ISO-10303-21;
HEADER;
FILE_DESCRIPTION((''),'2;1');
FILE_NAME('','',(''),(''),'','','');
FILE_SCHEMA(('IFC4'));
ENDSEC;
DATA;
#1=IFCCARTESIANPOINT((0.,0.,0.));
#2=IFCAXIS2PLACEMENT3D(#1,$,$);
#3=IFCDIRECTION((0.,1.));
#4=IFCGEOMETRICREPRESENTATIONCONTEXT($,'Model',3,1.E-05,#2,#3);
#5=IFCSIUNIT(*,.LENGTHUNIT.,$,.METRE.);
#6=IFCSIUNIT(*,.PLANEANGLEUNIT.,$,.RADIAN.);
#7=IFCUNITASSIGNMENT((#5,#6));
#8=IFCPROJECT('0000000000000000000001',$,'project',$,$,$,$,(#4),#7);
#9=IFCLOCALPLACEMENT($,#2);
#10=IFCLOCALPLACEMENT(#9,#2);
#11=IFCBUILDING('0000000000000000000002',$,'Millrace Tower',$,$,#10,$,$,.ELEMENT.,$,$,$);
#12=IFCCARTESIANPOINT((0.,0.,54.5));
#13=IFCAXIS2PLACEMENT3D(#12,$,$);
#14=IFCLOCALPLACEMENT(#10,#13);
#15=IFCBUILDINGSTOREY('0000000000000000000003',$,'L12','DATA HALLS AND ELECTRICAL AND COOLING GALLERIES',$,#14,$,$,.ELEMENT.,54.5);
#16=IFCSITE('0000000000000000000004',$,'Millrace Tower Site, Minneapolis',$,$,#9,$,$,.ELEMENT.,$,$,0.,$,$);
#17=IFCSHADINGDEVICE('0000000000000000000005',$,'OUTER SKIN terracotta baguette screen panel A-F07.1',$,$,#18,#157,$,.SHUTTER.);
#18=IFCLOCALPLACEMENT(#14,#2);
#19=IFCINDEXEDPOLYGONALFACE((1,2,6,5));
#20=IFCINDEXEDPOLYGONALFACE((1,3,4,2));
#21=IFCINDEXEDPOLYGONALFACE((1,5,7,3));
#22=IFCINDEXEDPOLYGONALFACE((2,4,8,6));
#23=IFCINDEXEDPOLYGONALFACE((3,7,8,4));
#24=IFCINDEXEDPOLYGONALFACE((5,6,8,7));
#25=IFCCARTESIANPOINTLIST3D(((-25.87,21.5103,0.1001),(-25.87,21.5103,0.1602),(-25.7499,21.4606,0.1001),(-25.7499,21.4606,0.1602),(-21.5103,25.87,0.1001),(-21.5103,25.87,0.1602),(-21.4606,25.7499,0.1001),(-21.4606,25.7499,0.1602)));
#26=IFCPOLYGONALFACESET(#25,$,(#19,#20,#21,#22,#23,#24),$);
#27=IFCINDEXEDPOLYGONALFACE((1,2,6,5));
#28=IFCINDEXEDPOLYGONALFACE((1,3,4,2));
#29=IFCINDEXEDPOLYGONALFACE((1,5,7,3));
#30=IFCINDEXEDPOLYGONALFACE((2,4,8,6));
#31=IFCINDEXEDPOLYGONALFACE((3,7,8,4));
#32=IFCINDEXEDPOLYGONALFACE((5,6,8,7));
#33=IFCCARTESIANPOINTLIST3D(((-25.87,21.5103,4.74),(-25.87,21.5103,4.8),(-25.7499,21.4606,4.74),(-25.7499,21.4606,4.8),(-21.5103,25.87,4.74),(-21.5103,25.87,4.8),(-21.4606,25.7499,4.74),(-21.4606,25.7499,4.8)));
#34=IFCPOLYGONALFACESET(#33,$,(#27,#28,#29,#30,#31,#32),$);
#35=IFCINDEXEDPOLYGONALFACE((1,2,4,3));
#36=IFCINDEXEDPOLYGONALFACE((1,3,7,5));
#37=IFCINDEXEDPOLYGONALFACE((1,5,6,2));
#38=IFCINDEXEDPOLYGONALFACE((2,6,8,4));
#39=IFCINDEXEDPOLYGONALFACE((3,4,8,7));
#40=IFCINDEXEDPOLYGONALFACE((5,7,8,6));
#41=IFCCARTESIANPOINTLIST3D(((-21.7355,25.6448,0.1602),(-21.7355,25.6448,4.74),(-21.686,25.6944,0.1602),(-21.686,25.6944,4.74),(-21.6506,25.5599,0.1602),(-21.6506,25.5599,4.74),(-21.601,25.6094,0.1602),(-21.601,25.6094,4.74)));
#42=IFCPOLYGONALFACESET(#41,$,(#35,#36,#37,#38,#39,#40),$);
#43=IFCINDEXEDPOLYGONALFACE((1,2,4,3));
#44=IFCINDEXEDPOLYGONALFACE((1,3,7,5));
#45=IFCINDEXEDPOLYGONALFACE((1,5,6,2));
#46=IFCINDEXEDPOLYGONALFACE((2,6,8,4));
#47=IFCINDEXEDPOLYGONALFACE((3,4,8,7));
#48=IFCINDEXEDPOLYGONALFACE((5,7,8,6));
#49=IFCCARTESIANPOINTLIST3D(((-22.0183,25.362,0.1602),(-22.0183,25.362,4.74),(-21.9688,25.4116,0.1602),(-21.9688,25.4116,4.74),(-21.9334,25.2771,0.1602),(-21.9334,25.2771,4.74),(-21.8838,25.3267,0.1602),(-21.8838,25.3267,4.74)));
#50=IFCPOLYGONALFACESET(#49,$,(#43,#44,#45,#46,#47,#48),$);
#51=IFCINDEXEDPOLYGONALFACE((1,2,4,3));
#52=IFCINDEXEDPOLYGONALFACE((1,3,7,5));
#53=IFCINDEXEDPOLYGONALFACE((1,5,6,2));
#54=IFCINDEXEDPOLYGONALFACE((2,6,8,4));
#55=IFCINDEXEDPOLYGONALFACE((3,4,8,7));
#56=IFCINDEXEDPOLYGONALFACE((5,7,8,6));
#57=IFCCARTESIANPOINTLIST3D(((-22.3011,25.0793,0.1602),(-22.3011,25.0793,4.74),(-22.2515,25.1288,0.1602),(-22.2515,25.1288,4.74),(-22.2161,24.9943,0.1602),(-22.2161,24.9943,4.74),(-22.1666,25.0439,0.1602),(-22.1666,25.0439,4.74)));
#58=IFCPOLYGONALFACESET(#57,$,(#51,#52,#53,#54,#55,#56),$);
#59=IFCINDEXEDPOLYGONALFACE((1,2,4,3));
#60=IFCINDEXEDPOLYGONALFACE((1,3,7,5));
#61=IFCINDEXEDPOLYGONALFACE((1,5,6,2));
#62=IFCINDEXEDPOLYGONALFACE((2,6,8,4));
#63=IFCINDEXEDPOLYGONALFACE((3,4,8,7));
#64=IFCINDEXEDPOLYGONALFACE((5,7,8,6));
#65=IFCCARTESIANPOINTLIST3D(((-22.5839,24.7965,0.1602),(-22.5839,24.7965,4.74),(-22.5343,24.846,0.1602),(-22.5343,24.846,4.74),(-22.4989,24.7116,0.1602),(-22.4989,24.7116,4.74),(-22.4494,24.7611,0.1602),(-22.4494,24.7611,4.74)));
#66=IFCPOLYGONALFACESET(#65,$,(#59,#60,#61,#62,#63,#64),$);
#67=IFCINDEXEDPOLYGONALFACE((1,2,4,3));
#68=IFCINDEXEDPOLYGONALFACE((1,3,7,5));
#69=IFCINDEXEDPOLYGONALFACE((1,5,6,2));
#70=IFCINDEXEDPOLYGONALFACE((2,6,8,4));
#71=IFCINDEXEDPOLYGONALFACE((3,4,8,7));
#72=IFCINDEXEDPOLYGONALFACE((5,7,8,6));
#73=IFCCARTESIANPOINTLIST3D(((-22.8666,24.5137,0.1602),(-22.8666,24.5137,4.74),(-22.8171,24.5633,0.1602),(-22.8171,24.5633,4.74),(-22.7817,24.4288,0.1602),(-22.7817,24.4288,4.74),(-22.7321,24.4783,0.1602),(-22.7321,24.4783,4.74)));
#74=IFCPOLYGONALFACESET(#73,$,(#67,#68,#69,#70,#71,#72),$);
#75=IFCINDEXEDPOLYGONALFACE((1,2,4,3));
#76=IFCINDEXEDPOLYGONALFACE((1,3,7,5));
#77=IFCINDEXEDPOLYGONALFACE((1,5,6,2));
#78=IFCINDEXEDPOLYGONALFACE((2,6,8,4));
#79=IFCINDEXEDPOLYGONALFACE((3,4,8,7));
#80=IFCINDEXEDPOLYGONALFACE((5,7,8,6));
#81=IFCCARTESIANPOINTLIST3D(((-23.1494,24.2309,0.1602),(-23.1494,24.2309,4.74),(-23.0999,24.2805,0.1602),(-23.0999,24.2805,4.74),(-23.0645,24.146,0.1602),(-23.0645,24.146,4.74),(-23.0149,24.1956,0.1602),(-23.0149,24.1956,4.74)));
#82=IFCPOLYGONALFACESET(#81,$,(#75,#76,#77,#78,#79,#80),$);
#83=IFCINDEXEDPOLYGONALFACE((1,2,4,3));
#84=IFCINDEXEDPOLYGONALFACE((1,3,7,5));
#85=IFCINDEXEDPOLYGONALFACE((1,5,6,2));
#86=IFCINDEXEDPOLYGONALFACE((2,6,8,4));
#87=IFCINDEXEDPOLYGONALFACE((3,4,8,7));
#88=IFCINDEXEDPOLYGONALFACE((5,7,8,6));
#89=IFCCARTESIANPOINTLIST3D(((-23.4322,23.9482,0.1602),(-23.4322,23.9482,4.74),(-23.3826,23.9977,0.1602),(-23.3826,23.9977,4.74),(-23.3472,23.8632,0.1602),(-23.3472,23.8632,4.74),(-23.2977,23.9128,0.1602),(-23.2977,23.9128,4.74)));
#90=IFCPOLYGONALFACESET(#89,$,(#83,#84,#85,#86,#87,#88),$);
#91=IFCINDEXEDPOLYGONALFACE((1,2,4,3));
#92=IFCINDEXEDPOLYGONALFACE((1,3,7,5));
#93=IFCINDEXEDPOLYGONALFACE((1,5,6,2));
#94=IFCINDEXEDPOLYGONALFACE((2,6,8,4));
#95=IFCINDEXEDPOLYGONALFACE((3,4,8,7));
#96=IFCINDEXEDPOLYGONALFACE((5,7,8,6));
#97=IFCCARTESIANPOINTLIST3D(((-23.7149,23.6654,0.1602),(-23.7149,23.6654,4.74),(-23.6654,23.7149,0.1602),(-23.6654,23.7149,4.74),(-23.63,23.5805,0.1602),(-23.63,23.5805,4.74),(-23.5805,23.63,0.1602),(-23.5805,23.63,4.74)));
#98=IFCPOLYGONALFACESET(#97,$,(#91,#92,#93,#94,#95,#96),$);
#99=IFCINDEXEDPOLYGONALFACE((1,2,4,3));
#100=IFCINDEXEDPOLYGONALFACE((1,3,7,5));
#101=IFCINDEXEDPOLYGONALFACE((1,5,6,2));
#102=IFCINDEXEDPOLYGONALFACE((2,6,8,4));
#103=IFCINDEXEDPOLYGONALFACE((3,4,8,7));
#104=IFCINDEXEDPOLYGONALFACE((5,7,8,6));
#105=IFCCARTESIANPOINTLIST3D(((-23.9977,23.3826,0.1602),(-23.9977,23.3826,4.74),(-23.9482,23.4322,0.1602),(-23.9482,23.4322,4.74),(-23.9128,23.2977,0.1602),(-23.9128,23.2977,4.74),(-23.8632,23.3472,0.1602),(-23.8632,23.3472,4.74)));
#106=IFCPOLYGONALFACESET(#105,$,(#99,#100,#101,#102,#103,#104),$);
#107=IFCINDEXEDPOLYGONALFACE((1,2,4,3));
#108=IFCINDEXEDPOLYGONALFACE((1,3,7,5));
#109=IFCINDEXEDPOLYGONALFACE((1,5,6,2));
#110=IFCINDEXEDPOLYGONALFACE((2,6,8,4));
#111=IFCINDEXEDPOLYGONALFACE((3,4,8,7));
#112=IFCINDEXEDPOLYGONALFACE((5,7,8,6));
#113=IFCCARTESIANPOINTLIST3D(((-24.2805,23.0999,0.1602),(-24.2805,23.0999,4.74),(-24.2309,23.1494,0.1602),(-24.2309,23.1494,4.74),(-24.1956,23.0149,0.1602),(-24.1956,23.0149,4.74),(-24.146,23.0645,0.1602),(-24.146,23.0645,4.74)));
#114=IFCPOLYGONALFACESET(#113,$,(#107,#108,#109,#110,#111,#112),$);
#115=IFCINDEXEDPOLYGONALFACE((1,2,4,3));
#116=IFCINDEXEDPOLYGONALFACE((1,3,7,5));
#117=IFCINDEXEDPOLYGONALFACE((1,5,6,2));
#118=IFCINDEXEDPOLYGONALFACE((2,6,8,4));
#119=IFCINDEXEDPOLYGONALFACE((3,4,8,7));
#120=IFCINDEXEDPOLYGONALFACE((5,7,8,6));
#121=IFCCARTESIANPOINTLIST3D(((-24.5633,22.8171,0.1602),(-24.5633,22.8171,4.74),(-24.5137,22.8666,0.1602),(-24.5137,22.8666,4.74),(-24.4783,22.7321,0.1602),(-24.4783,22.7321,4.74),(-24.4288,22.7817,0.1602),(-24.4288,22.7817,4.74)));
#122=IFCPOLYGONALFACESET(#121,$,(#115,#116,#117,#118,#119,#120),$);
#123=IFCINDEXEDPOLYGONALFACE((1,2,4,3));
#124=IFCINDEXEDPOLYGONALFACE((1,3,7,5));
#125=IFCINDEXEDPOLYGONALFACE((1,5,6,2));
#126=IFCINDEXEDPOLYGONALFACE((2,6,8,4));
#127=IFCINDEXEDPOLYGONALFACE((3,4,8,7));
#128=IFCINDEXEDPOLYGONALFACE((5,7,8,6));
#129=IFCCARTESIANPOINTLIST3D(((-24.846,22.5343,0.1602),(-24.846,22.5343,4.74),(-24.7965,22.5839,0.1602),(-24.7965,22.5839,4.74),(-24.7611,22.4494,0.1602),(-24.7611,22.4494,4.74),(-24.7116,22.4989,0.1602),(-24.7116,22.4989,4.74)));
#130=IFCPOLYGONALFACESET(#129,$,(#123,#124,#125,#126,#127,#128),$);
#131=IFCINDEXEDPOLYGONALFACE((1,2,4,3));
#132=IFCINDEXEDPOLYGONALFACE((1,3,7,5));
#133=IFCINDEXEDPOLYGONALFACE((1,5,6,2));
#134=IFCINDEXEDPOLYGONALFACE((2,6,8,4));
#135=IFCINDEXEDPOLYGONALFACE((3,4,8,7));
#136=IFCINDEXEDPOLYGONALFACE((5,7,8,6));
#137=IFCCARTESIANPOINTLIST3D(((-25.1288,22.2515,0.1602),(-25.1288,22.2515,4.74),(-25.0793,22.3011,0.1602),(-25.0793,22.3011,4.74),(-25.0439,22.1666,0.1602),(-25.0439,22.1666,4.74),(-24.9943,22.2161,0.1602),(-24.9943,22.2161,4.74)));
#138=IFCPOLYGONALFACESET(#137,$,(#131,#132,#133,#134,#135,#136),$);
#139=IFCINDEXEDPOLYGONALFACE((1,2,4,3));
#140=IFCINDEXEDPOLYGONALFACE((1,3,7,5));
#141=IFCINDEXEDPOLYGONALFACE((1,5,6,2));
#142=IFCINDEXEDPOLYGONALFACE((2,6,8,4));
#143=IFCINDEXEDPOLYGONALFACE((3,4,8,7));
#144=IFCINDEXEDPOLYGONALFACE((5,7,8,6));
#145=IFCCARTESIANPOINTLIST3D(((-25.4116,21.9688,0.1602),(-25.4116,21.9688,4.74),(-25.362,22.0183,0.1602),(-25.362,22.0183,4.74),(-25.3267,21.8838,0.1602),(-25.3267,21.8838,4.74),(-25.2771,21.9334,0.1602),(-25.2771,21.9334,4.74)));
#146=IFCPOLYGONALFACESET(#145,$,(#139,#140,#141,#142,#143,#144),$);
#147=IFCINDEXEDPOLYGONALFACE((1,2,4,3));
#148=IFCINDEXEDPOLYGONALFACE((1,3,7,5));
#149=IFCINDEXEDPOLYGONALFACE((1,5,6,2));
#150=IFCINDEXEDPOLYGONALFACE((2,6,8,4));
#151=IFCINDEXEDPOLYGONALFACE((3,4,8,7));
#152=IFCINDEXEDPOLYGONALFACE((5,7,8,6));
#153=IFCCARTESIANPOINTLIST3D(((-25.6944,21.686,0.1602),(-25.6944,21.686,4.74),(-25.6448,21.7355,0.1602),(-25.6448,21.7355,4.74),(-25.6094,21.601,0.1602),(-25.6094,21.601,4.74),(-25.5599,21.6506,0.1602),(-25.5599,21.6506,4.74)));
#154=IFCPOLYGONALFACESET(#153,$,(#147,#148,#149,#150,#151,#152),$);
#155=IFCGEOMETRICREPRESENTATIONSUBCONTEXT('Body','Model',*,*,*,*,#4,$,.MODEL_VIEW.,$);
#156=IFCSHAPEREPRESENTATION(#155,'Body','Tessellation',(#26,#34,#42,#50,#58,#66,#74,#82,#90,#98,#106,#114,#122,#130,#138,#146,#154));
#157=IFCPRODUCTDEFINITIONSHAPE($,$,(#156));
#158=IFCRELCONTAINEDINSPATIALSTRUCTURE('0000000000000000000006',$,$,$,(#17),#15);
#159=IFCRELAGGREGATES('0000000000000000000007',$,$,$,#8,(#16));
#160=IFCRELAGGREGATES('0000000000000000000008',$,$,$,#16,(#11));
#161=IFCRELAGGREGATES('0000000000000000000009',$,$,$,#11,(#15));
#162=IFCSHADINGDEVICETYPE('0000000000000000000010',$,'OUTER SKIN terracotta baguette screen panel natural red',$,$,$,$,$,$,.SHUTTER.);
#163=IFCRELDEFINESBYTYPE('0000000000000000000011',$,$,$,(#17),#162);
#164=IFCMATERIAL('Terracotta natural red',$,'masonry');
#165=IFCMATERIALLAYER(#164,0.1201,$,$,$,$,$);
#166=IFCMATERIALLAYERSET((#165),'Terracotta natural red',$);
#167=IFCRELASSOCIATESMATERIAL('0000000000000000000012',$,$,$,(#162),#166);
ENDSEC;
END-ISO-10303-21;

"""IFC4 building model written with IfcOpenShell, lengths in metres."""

from ifc_helpers import new_model, entity, si_unit, direction, frame, frame_2d, origin, origin_2d, place, context, subcontext, project, spatial, rectangle, extrude, source, transform, mapped, material, layer, layer_set, type_object, element, save


model = new_model("IFC4")

# Units and contexts
model_context = context("Model", 3, precision=1e-05, world=origin(), true_north=direction((0.0, 1.0)))
body_context = subcontext(model_context, "Body", "Model", "MODEL_VIEW")
ifc_project = project(units=[si_unit("LENGTHUNIT", "METRE"), si_unit("PLANEANGLEUNIT", "RADIAN")], contexts=[model_context])

# Site, building, storey
site_placement = place(None, origin())
site = spatial("IfcSite", under=ifc_project, at=site_placement, Name="Millrace Tower Site, Minneapolis", CompositionType="ELEMENT", RefElevation=0.0)
building_placement = place(site_placement, origin())
building = spatial("IfcBuilding", under=site, at=building_placement, Name="Millrace Tower", CompositionType="ELEMENT")
storey_placement = place(building_placement, frame((0.0, 0.0, 54.5)))
storey = spatial("IfcBuildingStorey", under=building, at=storey_placement, Name="L12", Description="DATA HALLS AND ELECTRICAL AND COOLING GALLERIES", CompositionType="ELEMENT", Elevation=54.5)

# Shading device
ifc_material_1 = material(Name="Terracotta natural red", Category="masonry")
ifc_layer_1 = layer(ifc_material_1, 0.1201)
ifc_layer_set_1 = layer_set([ifc_layer_1], Name="Terracotta natural red")
shading_device_type_1 = type_object("IfcShadingDeviceType", Name="OUTER SKIN terracotta baguette screen panel natural red", PredefinedType="SHUTTER", material=ifc_layer_set_1)
cartesian_point_1 = entity("IfcCartesianPoint", [-3.033, 0.0601])
shared_polyline_1 = entity("IfcPolyline", [cartesian_point_1, entity("IfcCartesianPoint", [3.033, 0.0601]), entity("IfcCartesianPoint", [3.0828, -0.0601]), entity("IfcCartesianPoint", [-3.0828, -0.0601]), cartesian_point_1])
shared_shape_1 = source(origin(), body_context, "Body", "SweptSolid", [
    entity("IfcExtrudedAreaSolid", entity("IfcArbitraryClosedProfileDef", "AREA", None, shared_polyline_1), entity("IfcAxis2Placement3D", entity("IfcCartesianPoint", [0.0, 0.0, 0.0])), entity("IfcDirection", [0.0, 0.0, 1.0]), 0.0601),
    entity("IfcExtrudedAreaSolid", entity("IfcArbitraryClosedProfileDef", "AREA", None, shared_polyline_1), entity("IfcAxis2Placement3D", entity("IfcCartesianPoint", [0.0, 0.0, 4.6399])), entity("IfcDirection", [0.0, 0.0, 1.0]), 0.0601),
    extrude(rectangle(XDim=0.0701, YDim=0.1201, at=frame_2d((-2.7993, 0.0))), frame((0.0, 0.0, 0.0601)), (0.0, 0.0, 1.0), 4.5798),
    extrude(rectangle(XDim=0.0701, YDim=0.1201, at=frame_2d((-2.3994, 0.0))), frame((0.0, 0.0, 0.0601)), (0.0, 0.0, 1.0), 4.5798),
    extrude(rectangle(XDim=0.0701, YDim=0.1201, at=frame_2d((-1.9995, 0.0))), frame((0.0, 0.0, 0.0601)), (0.0, 0.0, 1.0), 4.5798),
    extrude(rectangle(XDim=0.0701, YDim=0.1201, at=frame_2d((-1.5996, 0.0))), frame((0.0, 0.0, 0.0601)), (0.0, 0.0, 1.0), 4.5798),
    extrude(rectangle(XDim=0.0701, YDim=0.1201, at=frame_2d((-1.1997, 0.0))), frame((0.0, 0.0, 0.0601)), (0.0, 0.0, 1.0), 4.5798),
    extrude(rectangle(XDim=0.0701, YDim=0.1201, at=frame_2d((-0.7998, 0.0))), frame((0.0, 0.0, 0.0601)), (0.0, 0.0, 1.0), 4.5798),
    extrude(rectangle(XDim=0.0701, YDim=0.1201, at=frame_2d((-0.3999, 0.0))), frame((0.0, 0.0, 0.0601)), (0.0, 0.0, 1.0), 4.5798),
    extrude(rectangle(XDim=0.0701, YDim=0.1201, at=origin_2d()), frame((0.0, 0.0, 0.0601)), (0.0, 0.0, 1.0), 4.5798),
    extrude(rectangle(XDim=0.0701, YDim=0.1201, at=frame_2d((0.3999, 0.0))), frame((0.0, 0.0, 0.0601)), (0.0, 0.0, 1.0), 4.5798),
    extrude(rectangle(XDim=0.0701, YDim=0.1201, at=frame_2d((0.7998, 0.0))), frame((0.0, 0.0, 0.0601)), (0.0, 0.0, 1.0), 4.5798),
    extrude(rectangle(XDim=0.0701, YDim=0.1201, at=frame_2d((1.1997, 0.0))), frame((0.0, 0.0, 0.0601)), (0.0, 0.0, 1.0), 4.5798),
    extrude(rectangle(XDim=0.0701, YDim=0.1201, at=frame_2d((1.5996, 0.0))), frame((0.0, 0.0, 0.0601)), (0.0, 0.0, 1.0), 4.5798),
    extrude(rectangle(XDim=0.0701, YDim=0.1201, at=frame_2d((1.9995, 0.0))), frame((0.0, 0.0, 0.0601)), (0.0, 0.0, 1.0), 4.5798),
    extrude(rectangle(XDim=0.0701, YDim=0.1201, at=frame_2d((2.3994, 0.0))), frame((0.0, 0.0, 0.0601)), (0.0, 0.0, 1.0), 4.5798),
    extrude(rectangle(XDim=0.0701, YDim=0.1201, at=frame_2d((2.7993, 0.0))), frame((0.0, 0.0, 0.0601)), (0.0, 0.0, 1.0), 4.5798),
])
shading_device_1_placement = place(storey_placement, frame((-23.6477, 23.6477, 0.1001), z_axis=(0.0, 0.0, 1.0), x_axis=(-0.707107, -0.707107, 0.0)))
element("IfcShadingDevice", 1, at=shading_device_1_placement, inside=storey, type_object=shading_device_type_1, Name="OUTER SKIN terracotta baguette screen panel A-F07.1", PredefinedType="SHUTTER", context=body_context, shape_type="MappedRepresentation", body=[
    mapped(shared_shape_1, transform((0.0, 0.0, 0.0), scale=1.0)),
])

save(model, "model.ifc")
